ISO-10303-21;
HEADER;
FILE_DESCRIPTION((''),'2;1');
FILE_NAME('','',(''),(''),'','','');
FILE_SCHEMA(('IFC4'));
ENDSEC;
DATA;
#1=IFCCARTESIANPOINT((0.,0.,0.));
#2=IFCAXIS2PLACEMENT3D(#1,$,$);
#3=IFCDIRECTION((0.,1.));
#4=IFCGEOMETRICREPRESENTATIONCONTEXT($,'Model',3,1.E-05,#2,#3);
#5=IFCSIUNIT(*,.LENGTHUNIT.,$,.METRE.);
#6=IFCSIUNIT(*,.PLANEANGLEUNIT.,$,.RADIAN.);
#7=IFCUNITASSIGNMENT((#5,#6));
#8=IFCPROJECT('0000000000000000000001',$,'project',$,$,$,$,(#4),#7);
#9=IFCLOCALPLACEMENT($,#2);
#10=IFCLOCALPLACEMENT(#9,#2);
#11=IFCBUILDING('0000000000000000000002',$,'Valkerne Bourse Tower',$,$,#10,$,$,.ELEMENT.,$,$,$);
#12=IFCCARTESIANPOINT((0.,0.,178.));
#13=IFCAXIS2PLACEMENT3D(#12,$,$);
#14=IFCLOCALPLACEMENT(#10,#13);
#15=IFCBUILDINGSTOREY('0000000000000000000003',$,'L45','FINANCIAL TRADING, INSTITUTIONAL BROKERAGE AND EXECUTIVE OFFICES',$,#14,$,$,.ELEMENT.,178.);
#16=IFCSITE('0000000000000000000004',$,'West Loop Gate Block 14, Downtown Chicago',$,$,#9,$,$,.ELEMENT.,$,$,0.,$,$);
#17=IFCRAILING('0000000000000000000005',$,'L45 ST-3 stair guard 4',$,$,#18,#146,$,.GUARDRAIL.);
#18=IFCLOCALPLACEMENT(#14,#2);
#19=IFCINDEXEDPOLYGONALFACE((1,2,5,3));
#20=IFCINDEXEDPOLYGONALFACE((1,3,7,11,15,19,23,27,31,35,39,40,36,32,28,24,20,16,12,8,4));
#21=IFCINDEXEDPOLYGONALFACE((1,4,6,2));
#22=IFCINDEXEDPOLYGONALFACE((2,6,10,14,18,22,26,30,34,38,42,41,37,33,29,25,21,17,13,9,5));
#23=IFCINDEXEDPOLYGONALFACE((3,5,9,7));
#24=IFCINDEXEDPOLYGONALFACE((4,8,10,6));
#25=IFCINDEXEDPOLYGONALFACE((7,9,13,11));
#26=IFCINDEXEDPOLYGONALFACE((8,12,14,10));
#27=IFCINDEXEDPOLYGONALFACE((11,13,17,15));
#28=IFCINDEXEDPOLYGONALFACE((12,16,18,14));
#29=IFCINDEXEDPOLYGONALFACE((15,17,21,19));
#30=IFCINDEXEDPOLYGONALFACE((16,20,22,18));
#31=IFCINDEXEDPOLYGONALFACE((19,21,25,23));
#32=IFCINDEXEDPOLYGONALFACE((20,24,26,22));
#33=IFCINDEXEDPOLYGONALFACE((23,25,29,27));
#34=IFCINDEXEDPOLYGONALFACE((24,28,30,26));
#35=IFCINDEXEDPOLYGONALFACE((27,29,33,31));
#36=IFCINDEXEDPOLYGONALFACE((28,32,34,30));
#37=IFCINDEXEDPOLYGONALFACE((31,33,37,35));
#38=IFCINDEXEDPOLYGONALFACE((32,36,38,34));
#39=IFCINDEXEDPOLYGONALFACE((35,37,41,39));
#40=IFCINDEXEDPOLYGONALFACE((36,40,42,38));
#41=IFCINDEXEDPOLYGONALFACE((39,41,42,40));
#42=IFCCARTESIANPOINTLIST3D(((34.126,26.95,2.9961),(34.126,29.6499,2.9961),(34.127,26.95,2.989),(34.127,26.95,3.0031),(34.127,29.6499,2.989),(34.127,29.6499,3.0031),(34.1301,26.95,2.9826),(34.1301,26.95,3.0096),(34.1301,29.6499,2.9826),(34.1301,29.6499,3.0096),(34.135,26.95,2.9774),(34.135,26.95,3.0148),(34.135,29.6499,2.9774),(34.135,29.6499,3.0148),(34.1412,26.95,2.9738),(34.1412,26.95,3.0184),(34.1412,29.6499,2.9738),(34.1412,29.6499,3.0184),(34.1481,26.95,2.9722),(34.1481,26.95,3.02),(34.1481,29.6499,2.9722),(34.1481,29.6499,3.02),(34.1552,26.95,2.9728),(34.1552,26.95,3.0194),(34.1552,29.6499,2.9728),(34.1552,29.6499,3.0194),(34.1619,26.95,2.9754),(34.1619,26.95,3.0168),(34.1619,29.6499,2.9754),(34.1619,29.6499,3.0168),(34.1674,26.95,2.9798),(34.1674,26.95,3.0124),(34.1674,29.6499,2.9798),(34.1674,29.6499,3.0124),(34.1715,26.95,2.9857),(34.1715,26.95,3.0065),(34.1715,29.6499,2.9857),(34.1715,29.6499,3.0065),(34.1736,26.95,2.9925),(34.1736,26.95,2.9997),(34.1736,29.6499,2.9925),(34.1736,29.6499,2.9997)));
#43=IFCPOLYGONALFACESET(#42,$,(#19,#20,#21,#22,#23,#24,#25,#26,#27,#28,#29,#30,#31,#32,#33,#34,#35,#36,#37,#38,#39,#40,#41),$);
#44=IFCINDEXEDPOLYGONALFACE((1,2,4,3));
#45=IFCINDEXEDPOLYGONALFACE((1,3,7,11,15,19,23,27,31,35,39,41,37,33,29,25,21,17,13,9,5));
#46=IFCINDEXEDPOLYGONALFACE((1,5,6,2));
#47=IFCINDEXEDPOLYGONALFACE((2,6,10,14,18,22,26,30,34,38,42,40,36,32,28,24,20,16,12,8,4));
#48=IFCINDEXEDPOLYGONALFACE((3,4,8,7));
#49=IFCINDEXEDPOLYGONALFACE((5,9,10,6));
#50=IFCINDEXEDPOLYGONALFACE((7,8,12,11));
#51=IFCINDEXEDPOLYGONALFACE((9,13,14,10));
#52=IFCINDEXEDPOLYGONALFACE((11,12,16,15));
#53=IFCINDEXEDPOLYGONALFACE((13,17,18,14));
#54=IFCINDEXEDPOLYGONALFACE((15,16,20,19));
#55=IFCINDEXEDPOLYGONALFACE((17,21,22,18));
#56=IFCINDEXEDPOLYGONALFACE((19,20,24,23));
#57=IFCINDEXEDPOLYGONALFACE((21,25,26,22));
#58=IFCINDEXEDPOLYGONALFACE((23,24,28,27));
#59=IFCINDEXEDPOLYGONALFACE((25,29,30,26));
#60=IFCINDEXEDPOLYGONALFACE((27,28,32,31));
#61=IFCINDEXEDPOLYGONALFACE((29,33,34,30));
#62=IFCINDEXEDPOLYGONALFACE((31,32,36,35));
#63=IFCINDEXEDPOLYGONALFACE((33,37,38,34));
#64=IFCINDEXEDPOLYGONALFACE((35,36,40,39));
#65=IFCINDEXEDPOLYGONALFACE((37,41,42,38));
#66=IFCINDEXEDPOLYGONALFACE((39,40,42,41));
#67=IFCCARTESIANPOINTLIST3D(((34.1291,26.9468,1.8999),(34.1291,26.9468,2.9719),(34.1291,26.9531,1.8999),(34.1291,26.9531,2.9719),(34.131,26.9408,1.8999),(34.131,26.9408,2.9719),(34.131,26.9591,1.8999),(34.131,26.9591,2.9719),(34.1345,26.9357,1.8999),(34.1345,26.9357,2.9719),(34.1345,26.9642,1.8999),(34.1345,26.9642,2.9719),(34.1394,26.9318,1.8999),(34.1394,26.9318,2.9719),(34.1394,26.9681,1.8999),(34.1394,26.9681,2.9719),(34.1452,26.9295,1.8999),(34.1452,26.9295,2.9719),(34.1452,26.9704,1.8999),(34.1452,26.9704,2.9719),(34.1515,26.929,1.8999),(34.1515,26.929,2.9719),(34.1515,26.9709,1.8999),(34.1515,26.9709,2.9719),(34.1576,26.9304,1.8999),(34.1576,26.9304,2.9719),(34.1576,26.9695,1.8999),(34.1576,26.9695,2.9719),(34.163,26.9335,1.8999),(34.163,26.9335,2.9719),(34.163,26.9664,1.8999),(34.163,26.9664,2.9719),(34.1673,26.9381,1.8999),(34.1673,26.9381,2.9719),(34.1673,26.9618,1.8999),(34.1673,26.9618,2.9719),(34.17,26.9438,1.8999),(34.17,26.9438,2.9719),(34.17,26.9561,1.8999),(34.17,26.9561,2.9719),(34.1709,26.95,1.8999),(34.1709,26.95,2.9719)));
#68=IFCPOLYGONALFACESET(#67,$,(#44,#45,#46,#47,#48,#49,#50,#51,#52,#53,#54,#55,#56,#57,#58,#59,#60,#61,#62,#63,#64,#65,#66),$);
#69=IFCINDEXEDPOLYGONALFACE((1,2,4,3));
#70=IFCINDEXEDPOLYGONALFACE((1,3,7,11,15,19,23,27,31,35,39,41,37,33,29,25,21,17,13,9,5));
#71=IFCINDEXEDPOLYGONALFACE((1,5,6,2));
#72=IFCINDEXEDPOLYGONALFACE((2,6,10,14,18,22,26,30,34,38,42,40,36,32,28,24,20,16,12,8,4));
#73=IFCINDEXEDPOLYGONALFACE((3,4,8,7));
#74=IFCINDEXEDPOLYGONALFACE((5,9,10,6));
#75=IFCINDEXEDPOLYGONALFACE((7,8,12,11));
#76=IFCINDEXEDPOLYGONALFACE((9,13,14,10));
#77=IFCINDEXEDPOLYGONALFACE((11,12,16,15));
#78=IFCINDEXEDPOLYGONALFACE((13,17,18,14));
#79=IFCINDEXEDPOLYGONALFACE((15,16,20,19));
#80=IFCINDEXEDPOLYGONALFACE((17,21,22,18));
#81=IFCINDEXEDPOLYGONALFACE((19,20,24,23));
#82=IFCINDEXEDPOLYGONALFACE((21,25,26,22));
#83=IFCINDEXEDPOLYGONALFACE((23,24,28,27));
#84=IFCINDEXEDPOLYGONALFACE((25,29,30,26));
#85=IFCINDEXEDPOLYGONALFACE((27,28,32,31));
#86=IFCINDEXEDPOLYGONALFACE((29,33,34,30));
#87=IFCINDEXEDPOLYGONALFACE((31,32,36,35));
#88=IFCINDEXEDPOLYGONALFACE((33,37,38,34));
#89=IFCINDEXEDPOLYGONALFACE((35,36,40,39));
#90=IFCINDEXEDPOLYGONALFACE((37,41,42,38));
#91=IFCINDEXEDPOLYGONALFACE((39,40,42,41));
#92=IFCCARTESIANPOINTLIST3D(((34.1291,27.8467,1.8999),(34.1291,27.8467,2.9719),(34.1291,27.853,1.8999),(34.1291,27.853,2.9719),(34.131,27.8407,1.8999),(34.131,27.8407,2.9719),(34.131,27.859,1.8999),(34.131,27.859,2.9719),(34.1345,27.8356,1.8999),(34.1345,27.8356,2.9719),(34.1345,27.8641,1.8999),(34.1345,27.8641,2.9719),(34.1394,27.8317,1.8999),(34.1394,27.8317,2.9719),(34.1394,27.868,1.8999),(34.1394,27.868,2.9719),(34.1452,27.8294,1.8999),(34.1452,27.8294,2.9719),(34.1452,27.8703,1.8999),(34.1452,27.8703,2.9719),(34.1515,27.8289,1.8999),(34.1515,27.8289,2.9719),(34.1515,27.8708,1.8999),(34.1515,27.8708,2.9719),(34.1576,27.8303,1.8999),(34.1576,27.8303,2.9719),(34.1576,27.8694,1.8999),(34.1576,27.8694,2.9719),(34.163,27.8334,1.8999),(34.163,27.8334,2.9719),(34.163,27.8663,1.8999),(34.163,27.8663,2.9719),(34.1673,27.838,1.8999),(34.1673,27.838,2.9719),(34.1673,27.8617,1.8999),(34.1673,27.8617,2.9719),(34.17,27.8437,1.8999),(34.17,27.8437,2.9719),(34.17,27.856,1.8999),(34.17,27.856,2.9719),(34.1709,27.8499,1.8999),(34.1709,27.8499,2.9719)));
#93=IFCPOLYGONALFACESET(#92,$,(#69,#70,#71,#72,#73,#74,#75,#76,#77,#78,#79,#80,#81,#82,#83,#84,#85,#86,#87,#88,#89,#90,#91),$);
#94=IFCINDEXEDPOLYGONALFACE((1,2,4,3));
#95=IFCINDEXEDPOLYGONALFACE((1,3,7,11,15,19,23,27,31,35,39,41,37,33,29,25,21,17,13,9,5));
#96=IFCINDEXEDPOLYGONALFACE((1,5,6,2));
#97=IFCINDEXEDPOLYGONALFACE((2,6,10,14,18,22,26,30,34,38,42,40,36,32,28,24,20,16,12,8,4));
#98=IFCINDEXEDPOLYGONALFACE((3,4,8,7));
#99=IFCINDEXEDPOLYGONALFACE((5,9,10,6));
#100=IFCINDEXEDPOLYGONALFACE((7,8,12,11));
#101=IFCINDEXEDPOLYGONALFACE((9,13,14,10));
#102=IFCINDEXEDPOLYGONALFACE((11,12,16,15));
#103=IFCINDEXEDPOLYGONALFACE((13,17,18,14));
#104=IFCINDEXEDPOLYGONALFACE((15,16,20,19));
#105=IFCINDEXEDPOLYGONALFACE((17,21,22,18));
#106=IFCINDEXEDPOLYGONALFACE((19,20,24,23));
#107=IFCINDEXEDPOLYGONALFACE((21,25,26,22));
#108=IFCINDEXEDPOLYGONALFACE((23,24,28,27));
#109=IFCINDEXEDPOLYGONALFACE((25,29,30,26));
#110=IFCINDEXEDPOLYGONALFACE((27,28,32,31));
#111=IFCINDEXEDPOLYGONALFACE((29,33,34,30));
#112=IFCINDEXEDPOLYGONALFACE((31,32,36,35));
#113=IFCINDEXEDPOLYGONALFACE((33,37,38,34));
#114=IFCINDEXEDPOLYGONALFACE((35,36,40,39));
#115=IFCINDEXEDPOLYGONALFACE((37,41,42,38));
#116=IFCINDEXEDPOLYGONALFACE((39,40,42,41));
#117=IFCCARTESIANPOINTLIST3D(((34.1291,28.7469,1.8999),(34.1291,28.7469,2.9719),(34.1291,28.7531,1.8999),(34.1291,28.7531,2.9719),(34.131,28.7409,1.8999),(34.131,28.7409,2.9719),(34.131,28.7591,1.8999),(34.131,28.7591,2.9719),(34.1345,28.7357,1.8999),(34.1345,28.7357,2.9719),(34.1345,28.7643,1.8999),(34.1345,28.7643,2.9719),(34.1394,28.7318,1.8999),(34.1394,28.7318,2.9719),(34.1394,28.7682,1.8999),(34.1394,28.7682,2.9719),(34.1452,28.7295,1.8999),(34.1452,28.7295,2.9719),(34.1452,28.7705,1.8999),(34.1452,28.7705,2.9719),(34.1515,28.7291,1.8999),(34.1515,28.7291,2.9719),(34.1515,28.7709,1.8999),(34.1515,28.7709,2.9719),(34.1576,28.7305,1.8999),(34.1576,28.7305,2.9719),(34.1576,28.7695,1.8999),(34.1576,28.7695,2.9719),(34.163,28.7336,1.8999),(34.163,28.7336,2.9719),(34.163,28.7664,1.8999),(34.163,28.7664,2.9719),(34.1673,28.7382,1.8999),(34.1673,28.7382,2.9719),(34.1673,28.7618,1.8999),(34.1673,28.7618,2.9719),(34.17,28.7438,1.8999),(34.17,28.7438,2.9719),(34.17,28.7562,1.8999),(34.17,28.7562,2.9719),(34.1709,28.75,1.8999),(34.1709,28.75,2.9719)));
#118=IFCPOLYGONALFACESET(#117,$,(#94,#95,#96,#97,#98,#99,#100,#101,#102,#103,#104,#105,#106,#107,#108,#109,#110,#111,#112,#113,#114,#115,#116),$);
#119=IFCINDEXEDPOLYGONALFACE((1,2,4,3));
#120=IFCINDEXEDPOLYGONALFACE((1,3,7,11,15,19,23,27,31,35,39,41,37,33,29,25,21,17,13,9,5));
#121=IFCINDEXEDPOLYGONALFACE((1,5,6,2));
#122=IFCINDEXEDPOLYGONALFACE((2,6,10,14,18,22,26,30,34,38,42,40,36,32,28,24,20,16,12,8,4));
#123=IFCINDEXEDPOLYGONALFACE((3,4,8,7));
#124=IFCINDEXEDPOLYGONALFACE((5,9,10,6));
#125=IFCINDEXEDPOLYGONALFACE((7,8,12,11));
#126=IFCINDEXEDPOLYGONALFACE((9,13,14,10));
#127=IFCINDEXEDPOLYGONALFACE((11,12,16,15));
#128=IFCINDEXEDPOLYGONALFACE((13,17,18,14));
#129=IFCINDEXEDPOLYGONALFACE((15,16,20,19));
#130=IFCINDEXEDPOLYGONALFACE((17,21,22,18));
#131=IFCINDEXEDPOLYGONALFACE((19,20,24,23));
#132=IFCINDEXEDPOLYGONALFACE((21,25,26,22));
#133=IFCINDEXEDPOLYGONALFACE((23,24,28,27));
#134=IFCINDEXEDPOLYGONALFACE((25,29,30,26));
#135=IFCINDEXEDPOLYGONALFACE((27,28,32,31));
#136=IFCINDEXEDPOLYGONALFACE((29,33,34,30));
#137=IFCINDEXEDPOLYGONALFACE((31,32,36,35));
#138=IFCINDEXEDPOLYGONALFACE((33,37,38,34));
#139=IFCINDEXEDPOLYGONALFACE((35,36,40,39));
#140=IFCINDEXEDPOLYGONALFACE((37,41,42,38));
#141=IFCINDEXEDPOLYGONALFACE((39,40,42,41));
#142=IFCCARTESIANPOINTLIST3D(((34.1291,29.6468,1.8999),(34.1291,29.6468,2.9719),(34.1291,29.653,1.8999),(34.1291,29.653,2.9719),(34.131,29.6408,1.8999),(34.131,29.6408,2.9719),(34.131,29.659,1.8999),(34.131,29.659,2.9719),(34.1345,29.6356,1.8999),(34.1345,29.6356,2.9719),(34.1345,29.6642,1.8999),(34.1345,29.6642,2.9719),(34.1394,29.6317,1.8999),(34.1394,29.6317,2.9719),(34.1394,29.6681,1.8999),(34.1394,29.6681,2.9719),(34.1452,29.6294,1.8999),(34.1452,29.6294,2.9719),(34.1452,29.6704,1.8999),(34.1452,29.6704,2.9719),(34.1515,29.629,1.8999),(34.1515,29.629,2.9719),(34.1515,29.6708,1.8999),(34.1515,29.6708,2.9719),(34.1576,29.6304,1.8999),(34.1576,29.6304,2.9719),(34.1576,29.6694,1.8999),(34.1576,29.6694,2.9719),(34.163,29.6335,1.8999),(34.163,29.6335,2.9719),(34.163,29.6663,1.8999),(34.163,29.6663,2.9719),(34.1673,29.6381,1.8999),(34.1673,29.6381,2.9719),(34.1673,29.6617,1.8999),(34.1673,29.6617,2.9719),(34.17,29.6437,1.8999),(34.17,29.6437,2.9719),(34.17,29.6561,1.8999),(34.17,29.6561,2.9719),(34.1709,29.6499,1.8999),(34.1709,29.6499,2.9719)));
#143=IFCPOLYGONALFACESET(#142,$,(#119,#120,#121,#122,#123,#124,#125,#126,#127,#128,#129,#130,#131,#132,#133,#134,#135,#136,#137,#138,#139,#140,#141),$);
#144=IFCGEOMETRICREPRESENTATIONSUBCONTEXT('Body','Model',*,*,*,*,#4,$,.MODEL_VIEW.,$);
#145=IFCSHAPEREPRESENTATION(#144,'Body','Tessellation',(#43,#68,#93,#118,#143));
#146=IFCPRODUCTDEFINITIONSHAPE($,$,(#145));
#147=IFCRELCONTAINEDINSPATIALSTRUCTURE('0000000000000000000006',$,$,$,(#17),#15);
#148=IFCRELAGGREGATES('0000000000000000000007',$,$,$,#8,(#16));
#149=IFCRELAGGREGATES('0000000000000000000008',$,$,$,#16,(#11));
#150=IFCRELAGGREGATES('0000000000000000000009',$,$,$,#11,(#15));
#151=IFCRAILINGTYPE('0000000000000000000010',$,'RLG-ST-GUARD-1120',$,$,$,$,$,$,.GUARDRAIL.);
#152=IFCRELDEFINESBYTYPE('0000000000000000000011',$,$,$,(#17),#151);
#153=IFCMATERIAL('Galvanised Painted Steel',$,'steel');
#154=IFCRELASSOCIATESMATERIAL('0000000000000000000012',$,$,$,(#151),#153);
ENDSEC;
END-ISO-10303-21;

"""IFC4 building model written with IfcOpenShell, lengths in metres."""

from ifc_helpers import new_model, si_unit, direction, frame, origin, origin_2d, place, context, subcontext, project, spatial, circle, extrude, material, type_object, element, save


model = new_model("IFC4")

# Units and contexts
model_context = context("Model", 3, precision=1e-05, world=origin(), true_north=direction((0.0, 1.0)))
body_context = subcontext(model_context, "Body", "Model", "MODEL_VIEW")
ifc_project = project(units=[si_unit("LENGTHUNIT", "METRE"), si_unit("PLANEANGLEUNIT", "RADIAN")], contexts=[model_context])

# Site, building, storey
site_placement = place(None, origin())
site = spatial("IfcSite", under=ifc_project, at=site_placement, Name="West Loop Gate Block 14, Downtown Chicago", CompositionType="ELEMENT", RefElevation=0.0)
building_placement = place(site_placement, origin())
building = spatial("IfcBuilding", under=site, at=building_placement, Name="Valkerne Bourse Tower", CompositionType="ELEMENT")
storey_placement = place(building_placement, frame((0.0, 0.0, 178.0)))
storey = spatial("IfcBuildingStorey", under=building, at=storey_placement, Name="L45", Description="FINANCIAL TRADING, INSTITUTIONAL BROKERAGE AND EXECUTIVE OFFICES", CompositionType="ELEMENT", Elevation=178.0)

# Railing
ifc_material_1 = material(Name="Galvanised Painted Steel", Category="steel")
railing_type_1 = type_object("IfcRailingType", Name="RLG-ST-GUARD-1120", PredefinedType="GUARDRAIL", material=ifc_material_1)
for number, where, name in (
    (1, (34.1499, 26.95, 1.8999), "L45 ST-3 stair guard 4"),
):
    element("IfcRailing", number, at=place(storey_placement, frame(where)), inside=storey, type_object=railing_type_1, Name=name, PredefinedType="GUARDRAIL", context=body_context, shape_type="SweptSolid", body=[
        extrude(circle(Radius=0.0239, at=origin_2d()), frame((0.0, 0.0, 1.0962), z_axis=(0.0, 1.0, 0.0), x_axis=(-1.0, 0.0, 0.0)), (0.0, 0.0, 1.0), 2.7),
        extrude(circle(Radius=0.021, at=origin_2d()), origin(), (0.0, 0.0, 1.0), 1.072),
        extrude(circle(Radius=0.021, at=origin_2d()), frame((0.0, 0.8999, 0.0)), (0.0, 0.0, 1.0), 1.072),
        extrude(circle(Radius=0.021, at=origin_2d()), frame((0.0, 1.8, 0.0)), (0.0, 0.0, 1.0), 1.072),
        extrude(circle(Radius=0.021, at=origin_2d()), frame((0.0, 2.7, 0.0)), (0.0, 0.0, 1.0), 1.072),
    ])

save(model, "model.ifc")
